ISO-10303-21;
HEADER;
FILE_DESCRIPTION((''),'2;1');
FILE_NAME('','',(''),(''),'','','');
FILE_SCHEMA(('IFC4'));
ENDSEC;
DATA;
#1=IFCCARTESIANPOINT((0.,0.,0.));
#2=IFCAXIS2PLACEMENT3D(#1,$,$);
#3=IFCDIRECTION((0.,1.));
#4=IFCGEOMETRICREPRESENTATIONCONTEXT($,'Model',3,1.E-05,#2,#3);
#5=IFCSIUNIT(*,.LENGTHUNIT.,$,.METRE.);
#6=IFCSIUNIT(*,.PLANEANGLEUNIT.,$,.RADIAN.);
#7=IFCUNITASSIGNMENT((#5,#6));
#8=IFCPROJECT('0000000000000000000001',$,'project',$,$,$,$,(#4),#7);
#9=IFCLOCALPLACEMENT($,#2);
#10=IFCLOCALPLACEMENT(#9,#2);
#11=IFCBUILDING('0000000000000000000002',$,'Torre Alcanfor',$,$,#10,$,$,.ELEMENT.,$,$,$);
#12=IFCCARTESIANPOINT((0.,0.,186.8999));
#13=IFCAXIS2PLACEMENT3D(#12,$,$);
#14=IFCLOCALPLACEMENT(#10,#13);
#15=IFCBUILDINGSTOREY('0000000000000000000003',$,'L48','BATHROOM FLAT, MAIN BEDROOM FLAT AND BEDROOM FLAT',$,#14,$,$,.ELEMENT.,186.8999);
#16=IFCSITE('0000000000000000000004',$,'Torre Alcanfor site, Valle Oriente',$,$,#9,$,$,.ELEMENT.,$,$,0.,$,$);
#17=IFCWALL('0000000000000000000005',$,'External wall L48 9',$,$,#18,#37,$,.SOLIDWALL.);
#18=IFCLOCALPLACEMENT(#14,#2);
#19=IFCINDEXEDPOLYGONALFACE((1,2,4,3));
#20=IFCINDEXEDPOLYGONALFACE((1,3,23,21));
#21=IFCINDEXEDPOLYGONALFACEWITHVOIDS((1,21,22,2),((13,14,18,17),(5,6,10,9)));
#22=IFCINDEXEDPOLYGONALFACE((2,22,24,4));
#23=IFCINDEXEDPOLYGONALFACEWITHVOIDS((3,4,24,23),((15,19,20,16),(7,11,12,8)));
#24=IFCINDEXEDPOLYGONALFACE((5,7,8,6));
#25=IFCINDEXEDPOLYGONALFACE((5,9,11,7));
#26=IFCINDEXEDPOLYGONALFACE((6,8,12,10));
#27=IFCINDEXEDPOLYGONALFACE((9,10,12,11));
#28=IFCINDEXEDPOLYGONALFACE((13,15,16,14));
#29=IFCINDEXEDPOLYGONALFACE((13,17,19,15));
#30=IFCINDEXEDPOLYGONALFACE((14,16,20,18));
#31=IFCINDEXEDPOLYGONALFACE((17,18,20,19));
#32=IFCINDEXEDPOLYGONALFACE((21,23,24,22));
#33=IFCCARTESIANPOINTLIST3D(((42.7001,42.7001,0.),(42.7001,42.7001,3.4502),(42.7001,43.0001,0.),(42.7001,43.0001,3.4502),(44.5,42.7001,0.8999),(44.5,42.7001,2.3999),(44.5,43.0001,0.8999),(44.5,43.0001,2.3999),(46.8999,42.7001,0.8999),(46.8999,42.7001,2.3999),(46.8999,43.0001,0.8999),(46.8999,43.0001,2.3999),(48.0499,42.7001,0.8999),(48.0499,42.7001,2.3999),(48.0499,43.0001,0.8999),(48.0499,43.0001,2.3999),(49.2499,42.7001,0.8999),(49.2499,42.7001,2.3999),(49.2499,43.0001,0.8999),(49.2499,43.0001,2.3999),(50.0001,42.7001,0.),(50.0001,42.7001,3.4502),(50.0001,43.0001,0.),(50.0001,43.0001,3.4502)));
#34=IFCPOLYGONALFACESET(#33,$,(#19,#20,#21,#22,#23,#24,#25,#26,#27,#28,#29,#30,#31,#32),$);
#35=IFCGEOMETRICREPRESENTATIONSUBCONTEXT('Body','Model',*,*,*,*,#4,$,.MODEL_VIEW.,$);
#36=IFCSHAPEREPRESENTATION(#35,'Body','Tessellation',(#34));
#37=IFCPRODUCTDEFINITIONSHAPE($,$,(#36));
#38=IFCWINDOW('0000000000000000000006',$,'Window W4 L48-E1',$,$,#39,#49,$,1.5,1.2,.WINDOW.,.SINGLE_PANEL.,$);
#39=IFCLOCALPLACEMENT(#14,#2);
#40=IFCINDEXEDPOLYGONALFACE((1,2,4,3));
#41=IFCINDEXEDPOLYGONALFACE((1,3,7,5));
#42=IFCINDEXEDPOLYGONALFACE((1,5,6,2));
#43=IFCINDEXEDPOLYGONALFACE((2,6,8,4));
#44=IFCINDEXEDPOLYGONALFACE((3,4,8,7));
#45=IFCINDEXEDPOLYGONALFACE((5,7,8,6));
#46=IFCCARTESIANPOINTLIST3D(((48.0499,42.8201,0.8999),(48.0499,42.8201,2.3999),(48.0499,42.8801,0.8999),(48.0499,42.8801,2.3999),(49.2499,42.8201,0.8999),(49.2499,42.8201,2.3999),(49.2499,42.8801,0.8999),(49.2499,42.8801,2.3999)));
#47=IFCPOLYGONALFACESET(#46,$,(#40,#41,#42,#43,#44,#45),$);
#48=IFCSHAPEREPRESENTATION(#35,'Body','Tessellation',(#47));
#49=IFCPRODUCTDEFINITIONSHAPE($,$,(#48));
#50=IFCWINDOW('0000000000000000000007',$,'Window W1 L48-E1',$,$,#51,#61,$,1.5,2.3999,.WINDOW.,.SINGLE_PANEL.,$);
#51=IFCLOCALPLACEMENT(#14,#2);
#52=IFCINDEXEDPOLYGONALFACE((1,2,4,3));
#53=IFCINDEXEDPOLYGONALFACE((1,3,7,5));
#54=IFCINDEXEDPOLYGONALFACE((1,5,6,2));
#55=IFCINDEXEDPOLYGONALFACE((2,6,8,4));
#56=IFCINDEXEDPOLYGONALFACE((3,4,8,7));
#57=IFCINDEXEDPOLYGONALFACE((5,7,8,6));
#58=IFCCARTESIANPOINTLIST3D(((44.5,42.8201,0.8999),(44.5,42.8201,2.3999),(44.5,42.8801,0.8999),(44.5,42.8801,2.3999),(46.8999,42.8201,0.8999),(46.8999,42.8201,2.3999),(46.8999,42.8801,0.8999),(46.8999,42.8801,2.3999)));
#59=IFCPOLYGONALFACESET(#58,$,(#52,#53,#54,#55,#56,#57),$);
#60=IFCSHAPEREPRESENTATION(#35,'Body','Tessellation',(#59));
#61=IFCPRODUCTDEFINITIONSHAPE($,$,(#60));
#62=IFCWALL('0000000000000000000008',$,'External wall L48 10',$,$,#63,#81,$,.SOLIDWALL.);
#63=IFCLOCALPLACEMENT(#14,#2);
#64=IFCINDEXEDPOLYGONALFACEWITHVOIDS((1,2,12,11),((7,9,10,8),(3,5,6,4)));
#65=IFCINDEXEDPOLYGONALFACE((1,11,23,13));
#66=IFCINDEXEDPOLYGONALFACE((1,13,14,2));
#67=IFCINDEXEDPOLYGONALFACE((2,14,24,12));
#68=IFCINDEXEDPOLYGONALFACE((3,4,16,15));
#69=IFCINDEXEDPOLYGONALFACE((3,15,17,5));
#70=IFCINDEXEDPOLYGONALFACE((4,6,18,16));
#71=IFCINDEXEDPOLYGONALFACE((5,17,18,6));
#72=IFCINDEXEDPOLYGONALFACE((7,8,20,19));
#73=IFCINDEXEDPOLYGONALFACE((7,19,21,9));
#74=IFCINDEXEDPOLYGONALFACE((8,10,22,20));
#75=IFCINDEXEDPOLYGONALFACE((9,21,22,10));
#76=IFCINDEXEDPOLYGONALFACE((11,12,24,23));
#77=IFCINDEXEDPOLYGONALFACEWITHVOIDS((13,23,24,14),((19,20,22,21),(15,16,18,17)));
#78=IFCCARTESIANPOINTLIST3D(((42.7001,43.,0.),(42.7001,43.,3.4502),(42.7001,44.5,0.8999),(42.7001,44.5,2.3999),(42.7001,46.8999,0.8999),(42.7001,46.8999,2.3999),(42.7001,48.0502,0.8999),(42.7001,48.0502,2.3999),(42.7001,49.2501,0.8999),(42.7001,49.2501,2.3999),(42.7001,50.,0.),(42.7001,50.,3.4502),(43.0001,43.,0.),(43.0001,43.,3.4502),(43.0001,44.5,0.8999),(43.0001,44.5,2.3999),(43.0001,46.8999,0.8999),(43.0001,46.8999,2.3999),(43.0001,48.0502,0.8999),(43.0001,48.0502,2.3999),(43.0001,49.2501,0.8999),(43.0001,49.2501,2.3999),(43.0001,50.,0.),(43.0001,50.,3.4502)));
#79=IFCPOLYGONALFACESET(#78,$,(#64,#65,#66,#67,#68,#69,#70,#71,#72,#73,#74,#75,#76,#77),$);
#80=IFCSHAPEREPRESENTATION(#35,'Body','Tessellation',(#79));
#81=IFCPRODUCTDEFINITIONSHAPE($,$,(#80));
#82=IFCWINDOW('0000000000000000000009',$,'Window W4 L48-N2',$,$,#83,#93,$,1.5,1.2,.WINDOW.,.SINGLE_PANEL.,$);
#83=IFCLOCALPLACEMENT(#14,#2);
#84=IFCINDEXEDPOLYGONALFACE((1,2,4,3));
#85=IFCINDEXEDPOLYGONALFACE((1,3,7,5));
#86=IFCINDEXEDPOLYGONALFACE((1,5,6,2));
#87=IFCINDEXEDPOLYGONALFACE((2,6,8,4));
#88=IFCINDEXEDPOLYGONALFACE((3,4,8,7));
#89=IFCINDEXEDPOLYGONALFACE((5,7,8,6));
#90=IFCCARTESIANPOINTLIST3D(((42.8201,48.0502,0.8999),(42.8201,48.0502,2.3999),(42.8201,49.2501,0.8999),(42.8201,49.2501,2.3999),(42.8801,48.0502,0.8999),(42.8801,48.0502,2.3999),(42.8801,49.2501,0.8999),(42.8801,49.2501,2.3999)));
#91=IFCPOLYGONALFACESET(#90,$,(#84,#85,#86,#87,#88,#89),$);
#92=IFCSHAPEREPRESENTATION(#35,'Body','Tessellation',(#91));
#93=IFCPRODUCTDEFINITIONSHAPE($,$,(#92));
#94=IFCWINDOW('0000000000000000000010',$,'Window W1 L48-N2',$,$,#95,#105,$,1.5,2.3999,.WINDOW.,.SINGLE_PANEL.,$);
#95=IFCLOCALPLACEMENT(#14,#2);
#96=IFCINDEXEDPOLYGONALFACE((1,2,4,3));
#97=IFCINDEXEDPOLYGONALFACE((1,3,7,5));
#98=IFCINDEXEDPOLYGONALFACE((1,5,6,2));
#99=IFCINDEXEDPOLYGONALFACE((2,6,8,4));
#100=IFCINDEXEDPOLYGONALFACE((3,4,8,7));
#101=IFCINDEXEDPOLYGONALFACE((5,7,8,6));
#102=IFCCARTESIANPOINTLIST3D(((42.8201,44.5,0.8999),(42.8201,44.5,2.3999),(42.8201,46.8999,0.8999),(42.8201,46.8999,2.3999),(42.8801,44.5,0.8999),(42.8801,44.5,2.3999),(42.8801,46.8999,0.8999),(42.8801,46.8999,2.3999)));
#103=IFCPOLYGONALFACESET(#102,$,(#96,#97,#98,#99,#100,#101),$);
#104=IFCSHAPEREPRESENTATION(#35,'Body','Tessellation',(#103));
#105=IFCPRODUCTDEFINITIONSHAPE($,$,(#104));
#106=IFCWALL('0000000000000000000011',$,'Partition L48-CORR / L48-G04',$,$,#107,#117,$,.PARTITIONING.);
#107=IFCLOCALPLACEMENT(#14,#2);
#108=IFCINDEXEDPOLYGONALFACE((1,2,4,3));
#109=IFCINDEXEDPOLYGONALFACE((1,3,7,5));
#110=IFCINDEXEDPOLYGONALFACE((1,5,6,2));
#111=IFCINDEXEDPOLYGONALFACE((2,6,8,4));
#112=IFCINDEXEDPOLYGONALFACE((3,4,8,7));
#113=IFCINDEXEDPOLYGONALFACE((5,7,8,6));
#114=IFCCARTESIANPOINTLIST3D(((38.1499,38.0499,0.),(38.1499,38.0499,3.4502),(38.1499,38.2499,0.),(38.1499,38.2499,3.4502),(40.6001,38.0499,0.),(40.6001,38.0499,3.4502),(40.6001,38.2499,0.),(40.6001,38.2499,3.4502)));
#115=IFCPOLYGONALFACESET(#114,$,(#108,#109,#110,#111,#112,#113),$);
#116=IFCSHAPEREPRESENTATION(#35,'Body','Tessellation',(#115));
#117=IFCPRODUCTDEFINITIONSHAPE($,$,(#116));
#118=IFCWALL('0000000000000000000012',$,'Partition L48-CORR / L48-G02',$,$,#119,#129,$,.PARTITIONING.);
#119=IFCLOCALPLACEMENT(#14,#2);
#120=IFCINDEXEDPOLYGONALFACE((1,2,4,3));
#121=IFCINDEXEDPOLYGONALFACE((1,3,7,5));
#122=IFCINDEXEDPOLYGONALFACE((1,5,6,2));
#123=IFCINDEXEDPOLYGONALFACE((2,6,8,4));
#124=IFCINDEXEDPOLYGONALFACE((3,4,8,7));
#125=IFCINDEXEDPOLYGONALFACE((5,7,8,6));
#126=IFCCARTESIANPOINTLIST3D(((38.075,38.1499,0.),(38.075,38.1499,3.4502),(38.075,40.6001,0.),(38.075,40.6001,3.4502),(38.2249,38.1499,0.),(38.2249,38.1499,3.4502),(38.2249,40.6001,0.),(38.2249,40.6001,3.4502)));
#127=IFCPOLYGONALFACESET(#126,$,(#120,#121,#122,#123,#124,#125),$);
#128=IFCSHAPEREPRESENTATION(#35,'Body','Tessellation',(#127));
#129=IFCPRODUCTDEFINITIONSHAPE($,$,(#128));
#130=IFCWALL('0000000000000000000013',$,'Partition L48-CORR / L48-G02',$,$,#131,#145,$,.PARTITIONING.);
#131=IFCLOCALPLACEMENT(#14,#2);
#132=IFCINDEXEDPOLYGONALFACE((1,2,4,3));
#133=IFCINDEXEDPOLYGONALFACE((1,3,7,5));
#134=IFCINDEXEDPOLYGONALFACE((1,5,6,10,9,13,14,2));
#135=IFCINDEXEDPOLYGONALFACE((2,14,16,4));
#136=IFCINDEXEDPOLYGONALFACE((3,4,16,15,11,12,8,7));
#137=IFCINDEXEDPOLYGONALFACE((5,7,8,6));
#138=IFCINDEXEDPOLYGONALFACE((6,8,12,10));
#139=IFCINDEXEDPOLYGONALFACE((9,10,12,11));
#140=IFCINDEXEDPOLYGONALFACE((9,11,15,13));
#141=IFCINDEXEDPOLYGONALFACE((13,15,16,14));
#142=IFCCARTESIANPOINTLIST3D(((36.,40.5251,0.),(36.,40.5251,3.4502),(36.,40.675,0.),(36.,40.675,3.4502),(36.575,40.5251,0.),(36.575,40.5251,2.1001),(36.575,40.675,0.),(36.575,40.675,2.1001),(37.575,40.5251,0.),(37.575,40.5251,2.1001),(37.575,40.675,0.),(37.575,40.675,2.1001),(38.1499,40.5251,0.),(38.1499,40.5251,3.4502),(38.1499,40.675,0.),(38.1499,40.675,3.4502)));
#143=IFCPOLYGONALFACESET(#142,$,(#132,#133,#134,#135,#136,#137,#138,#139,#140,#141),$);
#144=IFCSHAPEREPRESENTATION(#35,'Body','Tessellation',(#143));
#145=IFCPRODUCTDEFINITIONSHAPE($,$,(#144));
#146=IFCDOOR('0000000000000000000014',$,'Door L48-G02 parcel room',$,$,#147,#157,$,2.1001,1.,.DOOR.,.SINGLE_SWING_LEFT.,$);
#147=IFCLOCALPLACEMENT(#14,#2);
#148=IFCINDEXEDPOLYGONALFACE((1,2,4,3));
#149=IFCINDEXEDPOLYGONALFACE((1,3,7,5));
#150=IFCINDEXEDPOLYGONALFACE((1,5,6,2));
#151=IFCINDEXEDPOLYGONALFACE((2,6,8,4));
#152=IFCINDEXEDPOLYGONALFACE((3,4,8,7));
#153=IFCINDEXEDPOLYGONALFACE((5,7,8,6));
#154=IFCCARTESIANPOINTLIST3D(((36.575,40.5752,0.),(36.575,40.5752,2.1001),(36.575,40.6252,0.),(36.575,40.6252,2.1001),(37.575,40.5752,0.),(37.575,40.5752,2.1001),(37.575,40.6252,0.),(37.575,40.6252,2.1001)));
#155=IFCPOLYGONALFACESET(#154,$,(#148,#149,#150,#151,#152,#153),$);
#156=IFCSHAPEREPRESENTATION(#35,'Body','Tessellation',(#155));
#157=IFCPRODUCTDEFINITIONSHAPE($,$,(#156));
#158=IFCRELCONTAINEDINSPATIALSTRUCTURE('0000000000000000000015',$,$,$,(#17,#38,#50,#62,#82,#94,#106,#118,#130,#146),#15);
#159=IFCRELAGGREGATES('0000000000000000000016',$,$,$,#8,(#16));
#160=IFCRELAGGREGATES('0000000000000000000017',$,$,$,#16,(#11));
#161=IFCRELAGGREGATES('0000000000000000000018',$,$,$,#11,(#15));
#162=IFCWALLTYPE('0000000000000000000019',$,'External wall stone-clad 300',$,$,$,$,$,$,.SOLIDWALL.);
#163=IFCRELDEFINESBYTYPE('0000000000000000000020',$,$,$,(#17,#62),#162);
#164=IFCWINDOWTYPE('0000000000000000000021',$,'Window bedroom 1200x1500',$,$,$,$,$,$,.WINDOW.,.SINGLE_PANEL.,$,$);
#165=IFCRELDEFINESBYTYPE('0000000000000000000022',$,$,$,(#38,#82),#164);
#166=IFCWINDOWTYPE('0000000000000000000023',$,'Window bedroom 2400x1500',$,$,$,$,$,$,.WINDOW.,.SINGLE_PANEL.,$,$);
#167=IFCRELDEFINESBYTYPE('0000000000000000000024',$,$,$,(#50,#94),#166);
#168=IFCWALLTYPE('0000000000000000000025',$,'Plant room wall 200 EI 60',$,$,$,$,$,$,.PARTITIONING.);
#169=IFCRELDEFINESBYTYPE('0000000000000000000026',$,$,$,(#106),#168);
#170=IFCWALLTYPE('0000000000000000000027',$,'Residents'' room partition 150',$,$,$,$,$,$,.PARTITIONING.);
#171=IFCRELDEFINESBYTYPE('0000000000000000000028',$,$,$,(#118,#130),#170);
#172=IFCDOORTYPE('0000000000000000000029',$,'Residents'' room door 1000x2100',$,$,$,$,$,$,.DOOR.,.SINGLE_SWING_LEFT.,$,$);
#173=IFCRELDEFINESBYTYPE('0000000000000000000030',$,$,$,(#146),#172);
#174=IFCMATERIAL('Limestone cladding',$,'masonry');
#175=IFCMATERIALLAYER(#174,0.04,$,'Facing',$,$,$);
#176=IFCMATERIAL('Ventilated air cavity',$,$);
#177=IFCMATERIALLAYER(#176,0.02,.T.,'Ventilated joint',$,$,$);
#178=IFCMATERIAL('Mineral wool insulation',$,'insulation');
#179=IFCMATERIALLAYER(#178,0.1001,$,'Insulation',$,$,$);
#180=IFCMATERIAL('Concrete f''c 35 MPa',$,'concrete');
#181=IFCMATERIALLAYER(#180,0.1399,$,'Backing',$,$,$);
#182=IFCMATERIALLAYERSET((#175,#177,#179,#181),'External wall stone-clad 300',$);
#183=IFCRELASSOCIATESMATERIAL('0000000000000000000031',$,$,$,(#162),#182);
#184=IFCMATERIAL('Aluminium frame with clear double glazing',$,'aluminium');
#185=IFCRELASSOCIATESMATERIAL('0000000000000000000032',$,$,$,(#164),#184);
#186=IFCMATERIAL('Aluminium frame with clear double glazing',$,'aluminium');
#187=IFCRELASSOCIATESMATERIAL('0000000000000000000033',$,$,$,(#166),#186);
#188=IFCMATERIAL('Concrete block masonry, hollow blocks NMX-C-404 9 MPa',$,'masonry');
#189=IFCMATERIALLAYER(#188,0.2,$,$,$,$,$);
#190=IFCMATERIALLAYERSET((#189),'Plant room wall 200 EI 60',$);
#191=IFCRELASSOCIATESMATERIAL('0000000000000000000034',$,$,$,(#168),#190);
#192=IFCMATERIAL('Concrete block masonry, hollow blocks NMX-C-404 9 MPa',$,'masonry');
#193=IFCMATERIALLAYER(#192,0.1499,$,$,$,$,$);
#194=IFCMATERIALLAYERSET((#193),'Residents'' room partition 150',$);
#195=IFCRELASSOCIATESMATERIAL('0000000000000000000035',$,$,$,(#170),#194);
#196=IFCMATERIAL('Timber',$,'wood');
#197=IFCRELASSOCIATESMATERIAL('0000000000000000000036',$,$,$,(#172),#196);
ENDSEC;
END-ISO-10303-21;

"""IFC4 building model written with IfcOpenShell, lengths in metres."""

from ifc_helpers import new_model, si_unit, direction, frame, frame_2d, origin, place, context, subcontext, project, spatial, rectangle, extrude, material, layer, layer_set, type_object, element, fill, save


model = new_model("IFC4")

# Units and contexts
model_context = context("Model", 3, precision=1e-05, world=origin(), true_north=direction((0.0, 1.0)))
body_context = subcontext(model_context, "Body", "Model", "MODEL_VIEW")
ifc_project = project(units=[si_unit("LENGTHUNIT", "METRE"), si_unit("PLANEANGLEUNIT", "RADIAN")], contexts=[model_context])

# Site, building, storey
site_placement = place(None, origin())
site = spatial("IfcSite", under=ifc_project, at=site_placement, Name="Torre Alcanfor site, Valle Oriente", CompositionType="ELEMENT", RefElevation=0.0)
building_placement = place(site_placement, origin())
building = spatial("IfcBuilding", under=site, at=building_placement, Name="Torre Alcanfor", CompositionType="ELEMENT")
storey_placement = place(building_placement, frame((0.0, 0.0, 186.8999)))
storey = spatial("IfcBuildingStorey", under=building, at=storey_placement, Name="L48", Description="BATHROOM FLAT, MAIN BEDROOM FLAT AND BEDROOM FLAT", CompositionType="ELEMENT", Elevation=186.8999)

# Walls, openings, windows
ifc_material_1 = material(Name="Limestone cladding", Category="masonry")
ifc_layer_1 = layer(ifc_material_1, 0.04, Name="Facing")
ifc_material_2 = material(Name="Ventilated air cavity")
ifc_layer_2 = layer(ifc_material_2, 0.02, ventilated=True, Name="Ventilated joint")
ifc_material_3 = material(Name="Mineral wool insulation", Category="insulation")
ifc_layer_3 = layer(ifc_material_3, 0.1001, Name="Insulation")
ifc_material_4 = material(Name="Concrete f'c 35 MPa", Category="concrete")
ifc_layer_4 = layer(ifc_material_4, 0.1399, Name="Backing")
ifc_layer_set_1 = layer_set([ifc_layer_1, ifc_layer_2, ifc_layer_3, ifc_layer_4], Name="External wall stone-clad 300")
wall_type_1 = type_object("IfcWallType", Name="External wall stone-clad 300", PredefinedType="SOLIDWALL", material=ifc_layer_set_1)
wall_1_placement = place(storey_placement, frame((50.0, 42.8501, 0.0), z_axis=(0.0, 0.0, 1.0), x_axis=(-1.0, 0.0, 0.0)))
wall_1 = element("IfcWall", 1, at=wall_1_placement, inside=storey, type_object=wall_type_1, Name="External wall L48 9", PredefinedType="SOLIDWALL", context=body_context, shape_type="SweptSolid", body=[
    extrude(rectangle(XDim=7.3, YDim=0.3, at=frame_2d((3.6499, 0.0))), origin(), (0.0, 0.0, 1.0), 3.4502),
])
opening_1_placement = place(wall_1_placement, frame((3.1001, 0.0, 0.8999)))
opening_1 = element("IfcOpeningElement", 2, at=opening_1_placement, cuts=wall_1, PredefinedType="OPENING", context=body_context, shape_type="SweptSolid", body=[
    extrude(rectangle(XDim=2.3999, YDim=1.5, at=frame_2d((1.2, 0.75))), frame((0.0, 0.1599, 0.0), z_axis=(0.0, -1.0, 0.0), x_axis=(1.0, 0.0, 0.0)), (0.0, 0.0, 1.0), 0.3201),
])
opening_2_placement = place(wall_1_placement, frame((0.75, 0.0, 0.8999)))
opening_2 = element("IfcOpeningElement", 3, at=opening_2_placement, cuts=wall_1, PredefinedType="OPENING", context=body_context, shape_type="SweptSolid", body=[
    extrude(rectangle(XDim=1.2, YDim=1.5, at=frame_2d((0.6001, 0.75))), frame((0.0, 0.1599, 0.0), z_axis=(0.0, -1.0, 0.0), x_axis=(1.0, 0.0, 0.0)), (0.0, 0.0, 1.0), 0.3201),
])
ifc_material_5 = material(Name="Aluminium frame with clear double glazing", Category="aluminium")
window_type_1 = type_object("IfcWindowType", Name="Window bedroom 1200x1500", PartitioningType="SINGLE_PANEL", PredefinedType="WINDOW", material=ifc_material_5)
window_1_placement = place(opening_2_placement, origin())
window_1 = element("IfcWindow", 4, at=window_1_placement, inside=storey, type_object=window_type_1, Name="Window W4 L48-E1", OverallHeight=1.5, OverallWidth=1.2, PartitioningType="SINGLE_PANEL", PredefinedType="WINDOW", context=body_context, shape_type="SweptSolid", body=[
    extrude(rectangle(XDim=1.2, YDim=1.5, at=frame_2d((0.6001, 0.75))), frame((0.0, 0.03, 0.0), z_axis=(0.0, -1.0, 0.0), x_axis=(1.0, 0.0, 0.0)), (0.0, 0.0, 1.0), 0.0601),
])
fill(opening_2, window_1)
ifc_material_6 = material(Name="Aluminium frame with clear double glazing", Category="aluminium")
window_type_2 = type_object("IfcWindowType", Name="Window bedroom 2400x1500", PartitioningType="SINGLE_PANEL", PredefinedType="WINDOW", material=ifc_material_6)
window_2_placement = place(opening_1_placement, origin())
window_2 = element("IfcWindow", 5, at=window_2_placement, inside=storey, type_object=window_type_2, Name="Window W1 L48-E1", OverallHeight=1.5, OverallWidth=2.3999, PartitioningType="SINGLE_PANEL", PredefinedType="WINDOW", context=body_context, shape_type="SweptSolid", body=[
    extrude(rectangle(XDim=2.3999, YDim=1.5, at=frame_2d((1.2, 0.75))), frame((0.0, 0.03, 0.0), z_axis=(0.0, -1.0, 0.0), x_axis=(1.0, 0.0, 0.0)), (0.0, 0.0, 1.0), 0.0601),
])
fill(opening_1, window_2)
wall_2_placement = place(storey_placement, frame((42.8501, 43.0, 0.0), z_axis=(0.0, 0.0, 1.0), x_axis=(0.0, 1.0, 0.0)))
wall_2 = element("IfcWall", 6, at=wall_2_placement, inside=storey, type_object=wall_type_1, Name="External wall L48 10", PredefinedType="SOLIDWALL", context=body_context, shape_type="SweptSolid", body=[
    extrude(rectangle(XDim=7.0, YDim=0.3, at=frame_2d((3.5, 0.0))), origin(), (0.0, 0.0, 1.0), 3.4502),
])
opening_3_placement = place(wall_2_placement, frame((1.5, 0.0, 0.8999)))
opening_3 = element("IfcOpeningElement", 7, at=opening_3_placement, cuts=wall_2, PredefinedType="OPENING", context=body_context, shape_type="SweptSolid", body=[
    extrude(rectangle(XDim=2.3999, YDim=1.5, at=frame_2d((1.2, 0.75))), frame((0.0, 0.1599, 0.0), z_axis=(0.0, -1.0, 0.0), x_axis=(1.0, 0.0, 0.0)), (0.0, 0.0, 1.0), 0.3201),
])
opening_4_placement = place(wall_2_placement, frame((5.05, 0.0, 0.8999)))
opening_4 = element("IfcOpeningElement", 8, at=opening_4_placement, cuts=wall_2, PredefinedType="OPENING", context=body_context, shape_type="SweptSolid", body=[
    extrude(rectangle(XDim=1.2, YDim=1.5, at=frame_2d((0.6001, 0.75))), frame((0.0, 0.1599, 0.0), z_axis=(0.0, -1.0, 0.0), x_axis=(1.0, 0.0, 0.0)), (0.0, 0.0, 1.0), 0.3201),
])
window_3_placement = place(opening_4_placement, origin())
window_3 = element("IfcWindow", 9, at=window_3_placement, inside=storey, type_object=window_type_1, Name="Window W4 L48-N2", OverallHeight=1.5, OverallWidth=1.2, PartitioningType="SINGLE_PANEL", PredefinedType="WINDOW", context=body_context, shape_type="SweptSolid", body=[
    extrude(rectangle(XDim=1.2, YDim=1.5, at=frame_2d((0.6001, 0.75))), frame((0.0, 0.03, 0.0), z_axis=(0.0, -1.0, 0.0), x_axis=(1.0, 0.0, 0.0)), (0.0, 0.0, 1.0), 0.0601),
])
fill(opening_4, window_3)
window_4_placement = place(opening_3_placement, origin())
window_4 = element("IfcWindow", 10, at=window_4_placement, inside=storey, type_object=window_type_2, Name="Window W1 L48-N2", OverallHeight=1.5, OverallWidth=2.3999, PartitioningType="SINGLE_PANEL", PredefinedType="WINDOW", context=body_context, shape_type="SweptSolid", body=[
    extrude(rectangle(XDim=2.3999, YDim=1.5, at=frame_2d((1.2, 0.75))), frame((0.0, 0.03, 0.0), z_axis=(0.0, -1.0, 0.0), x_axis=(1.0, 0.0, 0.0)), (0.0, 0.0, 1.0), 0.0601),
])
fill(opening_3, window_4)

# Walls
ifc_material_7 = material(Name="Concrete block masonry, hollow blocks NMX-C-404 9 MPa", Category="masonry")
ifc_layer_5 = layer(ifc_material_7, 0.2)
ifc_layer_set_2 = layer_set([ifc_layer_5], Name="Plant room wall 200 EI 60")
wall_type_2 = type_object("IfcWallType", Name="Plant room wall 200 EI 60", PredefinedType="PARTITIONING", material=ifc_layer_set_2)
wall_3_placement = place(storey_placement, frame((40.6001, 38.1499, 0.0), z_axis=(0.0, 0.0, 1.0), x_axis=(-1.0, 0.0, 0.0)))
element("IfcWall", 11, at=wall_3_placement, inside=storey, type_object=wall_type_2, Name="Partition L48-CORR / L48-G04", PredefinedType="PARTITIONING", context=body_context, shape_type="SweptSolid", body=[
    extrude(rectangle(XDim=2.4502, YDim=0.2, at=frame_2d((1.2251, 0.0))), origin(), (0.0, 0.0, 1.0), 3.4502),
])
ifc_material_8 = material(Name="Concrete block masonry, hollow blocks NMX-C-404 9 MPa", Category="masonry")
ifc_layer_6 = layer(ifc_material_8, 0.1499)
ifc_layer_set_3 = layer_set([ifc_layer_6], Name="Residents' room partition 150")
wall_type_3 = type_object("IfcWallType", Name="Residents' room partition 150", PredefinedType="PARTITIONING", material=ifc_layer_set_3)
wall_4_placement = place(storey_placement, frame((38.1499, 38.1499, 0.0), z_axis=(0.0, 0.0, 1.0), x_axis=(0.0, 1.0, 0.0)))
element("IfcWall", 12, at=wall_4_placement, inside=storey, type_object=wall_type_3, Name="Partition L48-CORR / L48-G02", PredefinedType="PARTITIONING", context=body_context, shape_type="SweptSolid", body=[
    extrude(rectangle(XDim=2.4502, YDim=0.1499, at=frame_2d((1.2251, 0.0))), origin(), (0.0, 0.0, 1.0), 3.4502),
])

# Wall, opening, door
wall_5_placement = place(storey_placement, frame((38.1499, 40.6001, 0.0), z_axis=(0.0, 0.0, 1.0), x_axis=(-1.0, 0.0, 0.0)))
wall_5 = element("IfcWall", 13, at=wall_5_placement, inside=storey, type_object=wall_type_3, Name="Partition L48-CORR / L48-G02", PredefinedType="PARTITIONING", context=body_context, shape_type="SweptSolid", body=[
    extrude(rectangle(XDim=2.1499, YDim=0.1499, at=frame_2d((1.075, 0.0))), origin(), (0.0, 0.0, 1.0), 3.4502),
])
opening_5_placement = place(wall_5_placement, frame((0.575, 0.0, 0.0)))
opening_5 = element("IfcOpeningElement", 14, at=opening_5_placement, cuts=wall_5, PredefinedType="OPENING", context=body_context, shape_type="SweptSolid", body=[
    extrude(rectangle(XDim=1.0, YDim=2.1001, at=frame_2d((0.5, 1.05))), frame((0.0, 0.085, 0.0), z_axis=(0.0, -1.0, 0.0), x_axis=(1.0, 0.0, 0.0)), (0.0, 0.0, 1.0), 0.1699),
])
ifc_material_9 = material(Name="Timber", Category="wood")
door_type = type_object("IfcDoorType", Name="Residents' room door 1000x2100", OperationType="SINGLE_SWING_LEFT", PredefinedType="DOOR", material=ifc_material_9)
door_placement = place(opening_5_placement, origin())
door = element("IfcDoor", 15, at=door_placement, inside=storey, type_object=door_type, Name="Door L48-G02 parcel room", OperationType="SINGLE_SWING_LEFT", OverallHeight=2.1001, OverallWidth=1.0, PredefinedType="DOOR", context=body_context, shape_type="SweptSolid", body=[
    extrude(rectangle(XDim=1.0, YDim=2.1001, at=frame_2d((0.5, 1.05))), frame((0.0, 0.0249, 0.0), z_axis=(0.0, -1.0, 0.0), x_axis=(1.0, 0.0, 0.0)), (0.0, 0.0, 1.0), 0.05),
])
fill(opening_5, door)

save(model, "model.ifc")
